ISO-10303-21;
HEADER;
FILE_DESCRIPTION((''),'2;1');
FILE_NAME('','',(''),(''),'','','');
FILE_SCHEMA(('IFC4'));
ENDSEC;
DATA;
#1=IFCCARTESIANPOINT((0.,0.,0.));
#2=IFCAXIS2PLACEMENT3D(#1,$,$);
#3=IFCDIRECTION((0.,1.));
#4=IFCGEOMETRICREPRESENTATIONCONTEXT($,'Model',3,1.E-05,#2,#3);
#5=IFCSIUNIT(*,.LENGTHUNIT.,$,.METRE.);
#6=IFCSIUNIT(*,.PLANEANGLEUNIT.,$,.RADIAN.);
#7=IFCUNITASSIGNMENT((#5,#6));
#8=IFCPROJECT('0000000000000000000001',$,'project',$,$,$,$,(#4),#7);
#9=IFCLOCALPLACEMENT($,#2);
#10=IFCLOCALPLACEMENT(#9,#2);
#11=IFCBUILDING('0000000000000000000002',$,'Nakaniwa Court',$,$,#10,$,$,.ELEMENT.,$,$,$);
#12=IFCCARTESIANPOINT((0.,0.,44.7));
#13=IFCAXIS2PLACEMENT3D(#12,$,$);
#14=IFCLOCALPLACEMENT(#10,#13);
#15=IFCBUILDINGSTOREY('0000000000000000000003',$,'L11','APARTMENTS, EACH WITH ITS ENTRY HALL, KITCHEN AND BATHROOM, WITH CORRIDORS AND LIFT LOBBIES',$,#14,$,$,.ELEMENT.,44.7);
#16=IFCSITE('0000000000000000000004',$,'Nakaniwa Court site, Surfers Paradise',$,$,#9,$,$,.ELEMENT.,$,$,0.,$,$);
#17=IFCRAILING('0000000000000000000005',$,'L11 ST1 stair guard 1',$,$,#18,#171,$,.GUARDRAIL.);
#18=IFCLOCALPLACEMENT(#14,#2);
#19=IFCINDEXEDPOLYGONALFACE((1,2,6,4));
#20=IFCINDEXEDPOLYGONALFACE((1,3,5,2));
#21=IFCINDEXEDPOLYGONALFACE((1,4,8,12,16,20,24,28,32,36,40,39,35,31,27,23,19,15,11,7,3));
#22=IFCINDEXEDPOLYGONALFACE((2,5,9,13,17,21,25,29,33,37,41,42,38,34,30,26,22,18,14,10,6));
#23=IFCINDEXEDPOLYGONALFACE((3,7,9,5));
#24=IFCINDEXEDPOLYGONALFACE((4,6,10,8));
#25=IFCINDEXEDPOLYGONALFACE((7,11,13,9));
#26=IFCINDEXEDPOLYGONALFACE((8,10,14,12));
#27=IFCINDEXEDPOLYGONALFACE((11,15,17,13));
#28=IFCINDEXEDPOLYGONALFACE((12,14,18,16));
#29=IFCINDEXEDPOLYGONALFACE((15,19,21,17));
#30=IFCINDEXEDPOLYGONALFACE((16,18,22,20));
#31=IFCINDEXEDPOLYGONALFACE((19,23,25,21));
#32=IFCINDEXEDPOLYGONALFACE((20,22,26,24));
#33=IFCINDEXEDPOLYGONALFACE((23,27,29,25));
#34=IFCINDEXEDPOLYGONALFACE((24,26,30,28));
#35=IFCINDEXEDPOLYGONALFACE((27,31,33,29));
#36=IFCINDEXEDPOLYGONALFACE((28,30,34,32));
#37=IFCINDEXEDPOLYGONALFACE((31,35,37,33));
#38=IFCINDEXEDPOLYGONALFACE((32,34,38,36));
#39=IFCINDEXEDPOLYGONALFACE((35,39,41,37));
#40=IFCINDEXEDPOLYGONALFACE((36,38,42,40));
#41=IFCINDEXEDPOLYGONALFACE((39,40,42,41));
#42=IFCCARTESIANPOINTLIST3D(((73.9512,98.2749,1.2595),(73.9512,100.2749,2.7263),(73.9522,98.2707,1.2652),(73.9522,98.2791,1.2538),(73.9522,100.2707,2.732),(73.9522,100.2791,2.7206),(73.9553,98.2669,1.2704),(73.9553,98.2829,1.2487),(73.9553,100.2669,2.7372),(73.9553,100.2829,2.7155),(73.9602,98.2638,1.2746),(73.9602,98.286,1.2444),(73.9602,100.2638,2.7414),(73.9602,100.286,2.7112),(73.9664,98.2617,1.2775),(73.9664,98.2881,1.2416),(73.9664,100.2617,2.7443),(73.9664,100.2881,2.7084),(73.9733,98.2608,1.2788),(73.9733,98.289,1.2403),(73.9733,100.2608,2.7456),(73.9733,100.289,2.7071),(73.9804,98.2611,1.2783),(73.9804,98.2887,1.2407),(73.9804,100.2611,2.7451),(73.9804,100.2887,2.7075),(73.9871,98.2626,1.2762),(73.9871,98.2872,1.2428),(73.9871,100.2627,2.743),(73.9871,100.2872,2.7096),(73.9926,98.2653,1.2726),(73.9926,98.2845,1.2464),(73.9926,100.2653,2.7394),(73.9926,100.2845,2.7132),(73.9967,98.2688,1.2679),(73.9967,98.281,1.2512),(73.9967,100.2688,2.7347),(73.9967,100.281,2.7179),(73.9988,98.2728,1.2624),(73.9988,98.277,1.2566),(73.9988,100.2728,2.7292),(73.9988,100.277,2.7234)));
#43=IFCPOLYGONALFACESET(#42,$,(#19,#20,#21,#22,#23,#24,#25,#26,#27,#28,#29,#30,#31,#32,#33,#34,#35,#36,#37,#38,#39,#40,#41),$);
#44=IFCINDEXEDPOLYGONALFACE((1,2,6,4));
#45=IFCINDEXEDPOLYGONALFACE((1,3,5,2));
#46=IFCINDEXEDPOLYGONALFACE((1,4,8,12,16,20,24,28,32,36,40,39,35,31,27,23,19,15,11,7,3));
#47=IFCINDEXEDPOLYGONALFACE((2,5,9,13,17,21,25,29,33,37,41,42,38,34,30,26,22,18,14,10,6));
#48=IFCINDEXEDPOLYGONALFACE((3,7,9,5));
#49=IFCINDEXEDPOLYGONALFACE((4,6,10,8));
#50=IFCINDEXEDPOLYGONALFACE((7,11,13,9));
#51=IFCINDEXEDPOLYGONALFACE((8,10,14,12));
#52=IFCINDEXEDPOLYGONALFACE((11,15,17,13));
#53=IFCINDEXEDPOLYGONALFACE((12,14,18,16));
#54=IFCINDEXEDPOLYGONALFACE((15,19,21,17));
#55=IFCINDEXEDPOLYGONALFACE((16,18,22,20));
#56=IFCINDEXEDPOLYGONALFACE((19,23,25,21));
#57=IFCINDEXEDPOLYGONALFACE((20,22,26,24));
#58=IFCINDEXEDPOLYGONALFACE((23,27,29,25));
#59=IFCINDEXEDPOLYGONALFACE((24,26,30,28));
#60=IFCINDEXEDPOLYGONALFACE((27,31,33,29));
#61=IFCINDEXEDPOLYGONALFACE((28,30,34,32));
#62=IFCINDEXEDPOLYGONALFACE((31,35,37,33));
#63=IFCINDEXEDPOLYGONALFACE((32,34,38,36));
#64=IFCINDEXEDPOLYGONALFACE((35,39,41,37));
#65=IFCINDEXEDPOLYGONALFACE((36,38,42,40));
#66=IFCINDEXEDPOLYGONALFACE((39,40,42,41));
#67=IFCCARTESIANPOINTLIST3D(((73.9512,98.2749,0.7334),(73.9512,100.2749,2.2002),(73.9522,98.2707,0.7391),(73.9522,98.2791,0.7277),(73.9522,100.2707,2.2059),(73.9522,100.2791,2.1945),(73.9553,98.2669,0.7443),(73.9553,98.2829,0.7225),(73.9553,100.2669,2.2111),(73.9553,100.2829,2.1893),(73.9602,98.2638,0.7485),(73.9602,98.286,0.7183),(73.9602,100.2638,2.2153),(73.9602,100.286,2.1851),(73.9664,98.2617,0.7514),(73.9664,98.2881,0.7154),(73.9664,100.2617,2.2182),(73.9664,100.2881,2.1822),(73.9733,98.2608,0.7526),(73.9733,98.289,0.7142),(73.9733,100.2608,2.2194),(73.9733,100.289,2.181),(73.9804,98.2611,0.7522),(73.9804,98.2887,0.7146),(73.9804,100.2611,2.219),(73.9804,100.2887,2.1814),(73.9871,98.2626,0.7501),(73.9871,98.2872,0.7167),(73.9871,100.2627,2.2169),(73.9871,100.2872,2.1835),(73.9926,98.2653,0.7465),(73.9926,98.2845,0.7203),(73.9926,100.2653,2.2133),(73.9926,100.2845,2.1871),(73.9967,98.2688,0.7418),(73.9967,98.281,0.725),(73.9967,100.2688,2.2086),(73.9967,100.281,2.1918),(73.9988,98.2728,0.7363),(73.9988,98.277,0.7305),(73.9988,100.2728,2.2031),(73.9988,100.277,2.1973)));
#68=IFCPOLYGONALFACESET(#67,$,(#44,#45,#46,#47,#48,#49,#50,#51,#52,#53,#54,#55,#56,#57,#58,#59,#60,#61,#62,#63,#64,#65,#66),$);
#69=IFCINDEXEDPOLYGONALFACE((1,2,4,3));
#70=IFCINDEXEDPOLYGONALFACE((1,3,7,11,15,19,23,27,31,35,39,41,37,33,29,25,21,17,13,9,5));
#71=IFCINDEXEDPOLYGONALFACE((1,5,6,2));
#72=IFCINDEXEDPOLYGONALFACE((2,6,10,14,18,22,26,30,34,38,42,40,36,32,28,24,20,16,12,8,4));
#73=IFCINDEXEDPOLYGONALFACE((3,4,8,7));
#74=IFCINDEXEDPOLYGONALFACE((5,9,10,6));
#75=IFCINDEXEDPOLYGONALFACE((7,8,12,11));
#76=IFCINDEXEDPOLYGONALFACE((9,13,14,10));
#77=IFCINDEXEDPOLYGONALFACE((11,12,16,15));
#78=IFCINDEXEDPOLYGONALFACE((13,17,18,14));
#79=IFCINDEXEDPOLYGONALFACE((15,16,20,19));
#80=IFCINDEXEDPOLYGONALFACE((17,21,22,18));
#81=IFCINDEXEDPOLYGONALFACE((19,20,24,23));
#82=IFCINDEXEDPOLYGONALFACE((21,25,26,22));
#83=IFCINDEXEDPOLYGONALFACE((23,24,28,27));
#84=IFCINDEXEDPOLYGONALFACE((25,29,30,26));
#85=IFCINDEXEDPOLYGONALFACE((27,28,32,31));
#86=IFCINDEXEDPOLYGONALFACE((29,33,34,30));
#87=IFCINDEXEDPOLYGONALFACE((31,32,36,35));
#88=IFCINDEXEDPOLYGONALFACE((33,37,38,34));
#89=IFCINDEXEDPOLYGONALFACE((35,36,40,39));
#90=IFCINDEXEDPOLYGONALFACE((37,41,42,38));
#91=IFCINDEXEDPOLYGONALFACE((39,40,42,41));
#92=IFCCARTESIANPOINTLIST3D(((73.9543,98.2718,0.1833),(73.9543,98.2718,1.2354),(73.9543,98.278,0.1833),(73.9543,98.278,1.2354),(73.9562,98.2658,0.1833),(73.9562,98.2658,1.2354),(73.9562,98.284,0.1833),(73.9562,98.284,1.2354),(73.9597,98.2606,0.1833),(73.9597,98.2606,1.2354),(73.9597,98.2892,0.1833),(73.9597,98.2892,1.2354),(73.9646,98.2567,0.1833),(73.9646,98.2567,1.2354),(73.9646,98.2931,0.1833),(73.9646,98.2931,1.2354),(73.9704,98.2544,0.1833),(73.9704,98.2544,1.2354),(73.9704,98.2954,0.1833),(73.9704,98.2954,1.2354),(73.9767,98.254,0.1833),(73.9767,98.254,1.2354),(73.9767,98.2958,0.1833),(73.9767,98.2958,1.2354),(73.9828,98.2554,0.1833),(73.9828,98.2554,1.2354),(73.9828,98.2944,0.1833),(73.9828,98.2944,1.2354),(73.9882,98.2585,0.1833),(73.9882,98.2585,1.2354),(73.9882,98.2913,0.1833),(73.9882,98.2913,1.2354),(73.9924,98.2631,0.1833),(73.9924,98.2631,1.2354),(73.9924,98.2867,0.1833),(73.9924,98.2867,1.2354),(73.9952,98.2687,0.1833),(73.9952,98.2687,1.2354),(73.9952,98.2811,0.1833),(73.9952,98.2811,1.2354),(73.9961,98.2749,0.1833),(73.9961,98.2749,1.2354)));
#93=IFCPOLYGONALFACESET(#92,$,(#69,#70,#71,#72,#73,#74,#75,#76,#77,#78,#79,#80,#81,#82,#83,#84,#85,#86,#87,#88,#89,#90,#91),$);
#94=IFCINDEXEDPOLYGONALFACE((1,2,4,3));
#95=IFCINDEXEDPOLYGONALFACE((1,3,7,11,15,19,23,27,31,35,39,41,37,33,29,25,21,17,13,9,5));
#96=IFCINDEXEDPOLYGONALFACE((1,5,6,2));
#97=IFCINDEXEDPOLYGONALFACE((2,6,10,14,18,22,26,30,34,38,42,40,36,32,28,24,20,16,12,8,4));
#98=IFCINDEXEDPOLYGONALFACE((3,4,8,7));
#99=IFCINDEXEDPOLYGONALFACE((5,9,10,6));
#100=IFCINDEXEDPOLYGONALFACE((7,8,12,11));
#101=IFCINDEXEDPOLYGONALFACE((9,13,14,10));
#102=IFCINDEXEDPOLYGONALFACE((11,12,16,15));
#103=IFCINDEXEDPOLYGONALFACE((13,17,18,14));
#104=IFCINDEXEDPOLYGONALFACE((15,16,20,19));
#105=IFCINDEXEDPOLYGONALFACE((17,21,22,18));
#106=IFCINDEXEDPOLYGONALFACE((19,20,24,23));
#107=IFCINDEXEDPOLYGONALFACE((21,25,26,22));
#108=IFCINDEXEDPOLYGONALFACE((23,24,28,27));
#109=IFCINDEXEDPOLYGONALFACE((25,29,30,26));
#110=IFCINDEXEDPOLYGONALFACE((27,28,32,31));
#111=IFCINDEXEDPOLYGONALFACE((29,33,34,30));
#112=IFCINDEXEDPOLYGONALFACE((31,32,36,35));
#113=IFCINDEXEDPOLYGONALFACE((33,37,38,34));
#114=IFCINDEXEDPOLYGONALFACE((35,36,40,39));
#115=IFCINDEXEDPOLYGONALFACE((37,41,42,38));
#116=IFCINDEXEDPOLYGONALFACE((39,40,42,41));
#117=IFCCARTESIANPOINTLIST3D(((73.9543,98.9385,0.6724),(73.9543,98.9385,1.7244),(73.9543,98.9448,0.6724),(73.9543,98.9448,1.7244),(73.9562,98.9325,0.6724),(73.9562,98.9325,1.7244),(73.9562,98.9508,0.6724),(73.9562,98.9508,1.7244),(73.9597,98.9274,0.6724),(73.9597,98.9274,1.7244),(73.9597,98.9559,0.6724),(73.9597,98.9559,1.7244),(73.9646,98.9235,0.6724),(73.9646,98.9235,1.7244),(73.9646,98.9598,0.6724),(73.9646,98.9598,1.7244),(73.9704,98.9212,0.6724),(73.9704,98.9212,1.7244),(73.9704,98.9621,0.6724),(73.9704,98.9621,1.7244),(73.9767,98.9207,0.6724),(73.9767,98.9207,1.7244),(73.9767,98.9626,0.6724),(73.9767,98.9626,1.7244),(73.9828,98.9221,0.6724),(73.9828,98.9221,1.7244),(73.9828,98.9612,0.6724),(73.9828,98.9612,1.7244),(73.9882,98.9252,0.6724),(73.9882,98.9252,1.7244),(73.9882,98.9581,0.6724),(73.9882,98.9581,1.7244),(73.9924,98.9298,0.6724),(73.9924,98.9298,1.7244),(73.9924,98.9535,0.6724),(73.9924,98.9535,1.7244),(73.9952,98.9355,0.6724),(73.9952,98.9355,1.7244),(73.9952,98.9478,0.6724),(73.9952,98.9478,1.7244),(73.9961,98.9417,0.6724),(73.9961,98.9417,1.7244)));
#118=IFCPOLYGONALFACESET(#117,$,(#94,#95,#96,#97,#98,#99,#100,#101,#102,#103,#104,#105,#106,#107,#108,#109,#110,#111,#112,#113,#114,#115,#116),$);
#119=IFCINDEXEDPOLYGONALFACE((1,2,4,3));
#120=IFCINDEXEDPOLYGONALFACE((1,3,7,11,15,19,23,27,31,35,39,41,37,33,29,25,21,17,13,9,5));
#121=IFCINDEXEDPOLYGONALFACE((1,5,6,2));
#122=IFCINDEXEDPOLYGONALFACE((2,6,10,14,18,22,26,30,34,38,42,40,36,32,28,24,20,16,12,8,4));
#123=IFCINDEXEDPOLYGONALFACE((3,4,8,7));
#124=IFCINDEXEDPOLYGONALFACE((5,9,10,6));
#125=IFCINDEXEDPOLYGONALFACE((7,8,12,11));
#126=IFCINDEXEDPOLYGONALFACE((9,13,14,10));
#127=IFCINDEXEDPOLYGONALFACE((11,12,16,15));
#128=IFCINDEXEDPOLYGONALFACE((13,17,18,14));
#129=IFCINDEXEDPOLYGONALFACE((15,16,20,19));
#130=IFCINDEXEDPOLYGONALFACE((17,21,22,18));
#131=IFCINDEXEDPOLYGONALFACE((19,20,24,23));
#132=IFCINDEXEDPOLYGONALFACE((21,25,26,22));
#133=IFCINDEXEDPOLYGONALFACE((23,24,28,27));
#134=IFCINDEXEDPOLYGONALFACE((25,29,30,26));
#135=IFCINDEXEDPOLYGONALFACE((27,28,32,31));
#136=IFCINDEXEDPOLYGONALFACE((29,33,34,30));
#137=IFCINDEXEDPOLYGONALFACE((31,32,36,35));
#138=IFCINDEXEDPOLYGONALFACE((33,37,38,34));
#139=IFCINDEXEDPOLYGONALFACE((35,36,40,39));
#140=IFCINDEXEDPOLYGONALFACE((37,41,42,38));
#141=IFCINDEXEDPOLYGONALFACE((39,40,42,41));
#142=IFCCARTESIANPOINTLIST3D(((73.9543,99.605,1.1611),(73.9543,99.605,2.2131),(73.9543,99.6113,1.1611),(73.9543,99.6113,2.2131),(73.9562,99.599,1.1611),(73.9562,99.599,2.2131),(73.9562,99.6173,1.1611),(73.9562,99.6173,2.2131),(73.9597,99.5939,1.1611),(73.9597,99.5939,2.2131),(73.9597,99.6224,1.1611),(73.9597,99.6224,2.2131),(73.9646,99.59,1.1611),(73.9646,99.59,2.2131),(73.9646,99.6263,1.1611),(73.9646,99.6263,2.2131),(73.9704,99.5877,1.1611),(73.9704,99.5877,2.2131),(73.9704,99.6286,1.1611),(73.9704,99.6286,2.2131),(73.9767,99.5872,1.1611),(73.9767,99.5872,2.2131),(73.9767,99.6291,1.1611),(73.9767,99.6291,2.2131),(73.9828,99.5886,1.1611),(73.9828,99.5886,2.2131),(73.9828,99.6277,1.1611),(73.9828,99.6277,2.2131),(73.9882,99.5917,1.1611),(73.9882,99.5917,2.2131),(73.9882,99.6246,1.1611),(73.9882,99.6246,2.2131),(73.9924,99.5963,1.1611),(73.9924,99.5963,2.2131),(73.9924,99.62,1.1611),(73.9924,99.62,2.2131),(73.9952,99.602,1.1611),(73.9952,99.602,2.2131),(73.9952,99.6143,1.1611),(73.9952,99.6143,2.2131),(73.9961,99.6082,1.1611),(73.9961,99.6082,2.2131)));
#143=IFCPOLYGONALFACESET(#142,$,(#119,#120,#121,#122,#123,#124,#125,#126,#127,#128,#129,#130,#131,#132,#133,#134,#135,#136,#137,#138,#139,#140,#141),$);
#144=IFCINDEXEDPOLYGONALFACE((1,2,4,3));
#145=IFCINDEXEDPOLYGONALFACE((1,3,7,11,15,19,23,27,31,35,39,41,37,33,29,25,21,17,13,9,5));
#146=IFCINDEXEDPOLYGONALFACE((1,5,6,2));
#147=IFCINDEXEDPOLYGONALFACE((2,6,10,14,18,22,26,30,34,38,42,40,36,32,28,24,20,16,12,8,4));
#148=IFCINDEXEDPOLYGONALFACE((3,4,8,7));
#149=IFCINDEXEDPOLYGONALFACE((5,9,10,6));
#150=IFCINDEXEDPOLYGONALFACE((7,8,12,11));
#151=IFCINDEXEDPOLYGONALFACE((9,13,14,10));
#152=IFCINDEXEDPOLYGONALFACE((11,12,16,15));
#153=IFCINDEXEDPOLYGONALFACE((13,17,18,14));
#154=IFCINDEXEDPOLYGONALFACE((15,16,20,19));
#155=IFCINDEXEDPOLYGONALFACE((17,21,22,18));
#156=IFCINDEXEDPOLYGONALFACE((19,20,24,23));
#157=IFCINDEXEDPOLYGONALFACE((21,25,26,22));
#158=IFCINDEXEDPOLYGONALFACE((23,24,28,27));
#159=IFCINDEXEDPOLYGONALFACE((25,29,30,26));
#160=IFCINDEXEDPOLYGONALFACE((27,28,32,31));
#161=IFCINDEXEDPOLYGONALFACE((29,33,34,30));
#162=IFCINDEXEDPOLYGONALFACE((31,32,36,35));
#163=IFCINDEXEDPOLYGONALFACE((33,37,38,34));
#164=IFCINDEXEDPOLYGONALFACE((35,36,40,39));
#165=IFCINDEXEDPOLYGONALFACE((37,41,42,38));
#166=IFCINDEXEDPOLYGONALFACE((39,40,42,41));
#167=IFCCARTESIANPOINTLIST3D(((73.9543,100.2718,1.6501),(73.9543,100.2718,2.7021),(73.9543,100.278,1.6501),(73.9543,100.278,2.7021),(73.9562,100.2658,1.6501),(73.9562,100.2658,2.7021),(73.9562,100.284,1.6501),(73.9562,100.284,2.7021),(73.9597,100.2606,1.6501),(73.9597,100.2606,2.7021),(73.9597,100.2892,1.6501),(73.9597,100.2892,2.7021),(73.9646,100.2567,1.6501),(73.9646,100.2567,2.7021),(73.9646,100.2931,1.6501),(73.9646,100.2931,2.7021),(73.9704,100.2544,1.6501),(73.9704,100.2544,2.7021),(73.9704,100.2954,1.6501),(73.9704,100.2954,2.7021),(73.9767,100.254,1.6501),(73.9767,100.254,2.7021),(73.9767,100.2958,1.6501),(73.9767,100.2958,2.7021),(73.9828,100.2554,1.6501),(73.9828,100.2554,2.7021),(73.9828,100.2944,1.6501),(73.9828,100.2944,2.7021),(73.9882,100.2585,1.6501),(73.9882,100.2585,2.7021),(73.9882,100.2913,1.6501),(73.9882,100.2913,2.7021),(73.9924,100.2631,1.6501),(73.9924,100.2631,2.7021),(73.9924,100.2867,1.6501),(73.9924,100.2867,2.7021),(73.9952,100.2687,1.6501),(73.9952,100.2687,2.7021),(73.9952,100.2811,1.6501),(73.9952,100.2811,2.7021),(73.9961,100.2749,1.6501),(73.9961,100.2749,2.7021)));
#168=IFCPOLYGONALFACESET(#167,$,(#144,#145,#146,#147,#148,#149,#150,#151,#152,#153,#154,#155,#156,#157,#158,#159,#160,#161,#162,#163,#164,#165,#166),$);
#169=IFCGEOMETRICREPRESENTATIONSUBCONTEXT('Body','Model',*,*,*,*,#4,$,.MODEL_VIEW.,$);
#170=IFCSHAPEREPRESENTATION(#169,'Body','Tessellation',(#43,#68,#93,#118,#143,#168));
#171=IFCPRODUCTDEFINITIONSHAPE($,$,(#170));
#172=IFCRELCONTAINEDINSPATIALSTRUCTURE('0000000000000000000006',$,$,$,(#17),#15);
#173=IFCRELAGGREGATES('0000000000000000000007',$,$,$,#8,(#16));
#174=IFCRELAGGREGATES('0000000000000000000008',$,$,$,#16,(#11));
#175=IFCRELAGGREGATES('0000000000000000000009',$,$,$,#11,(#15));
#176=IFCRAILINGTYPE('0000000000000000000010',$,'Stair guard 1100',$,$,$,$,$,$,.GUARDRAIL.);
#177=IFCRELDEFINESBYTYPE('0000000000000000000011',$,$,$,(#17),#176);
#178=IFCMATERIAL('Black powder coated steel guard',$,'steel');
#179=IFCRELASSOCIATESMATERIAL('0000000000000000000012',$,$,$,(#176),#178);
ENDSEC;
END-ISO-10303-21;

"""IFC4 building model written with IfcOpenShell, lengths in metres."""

from ifc_helpers import new_model, si_unit, direction, frame, origin, origin_2d, place, context, subcontext, project, spatial, circle, extrude, material, type_object, element, save


model = new_model("IFC4")

# Units and contexts
model_context = context("Model", 3, precision=1e-05, world=origin(), true_north=direction((0.0, 1.0)))
body_context = subcontext(model_context, "Body", "Model", "MODEL_VIEW")
ifc_project = project(units=[si_unit("LENGTHUNIT", "METRE"), si_unit("PLANEANGLEUNIT", "RADIAN")], contexts=[model_context])

# Site, building, storey
site_placement = place(None, origin())
site = spatial("IfcSite", under=ifc_project, at=site_placement, Name="Nakaniwa Court site, Surfers Paradise", CompositionType="ELEMENT", RefElevation=0.0)
building_placement = place(site_placement, origin())
building = spatial("IfcBuilding", under=site, at=building_placement, Name="Nakaniwa Court", CompositionType="ELEMENT")
storey_placement = place(building_placement, frame((0.0, 0.0, 44.7)))
storey = spatial("IfcBuildingStorey", under=building, at=storey_placement, Name="L11", Description="APARTMENTS, EACH WITH ITS ENTRY HALL, KITCHEN AND BATHROOM, WITH CORRIDORS AND LIFT LOBBIES", CompositionType="ELEMENT", Elevation=44.7)

# Railing
ifc_material_1 = material(Name="Black powder coated steel guard", Category="steel")
railing_type_1 = type_object("IfcRailingType", Name="Stair guard 1100", PredefinedType="GUARDRAIL", material=ifc_material_1)
railing_1_placement = place(storey_placement, frame((73.9751, 98.2749, 0.1833)))
element("IfcRailing", 1, at=railing_1_placement, inside=storey, type_object=railing_type_1, Name="L11 ST1 stair guard 1", PredefinedType="GUARDRAIL", context=body_context, shape_type="SweptSolid", body=[
    extrude(circle(Radius=0.0239, at=origin_2d()), frame((0.0, 0.0, 1.0762), z_axis=(0.0, 0.80638, 0.591398), x_axis=(-1.0, 0.0, 0.0)), (0.0, 0.0, 1.0), 2.4802),
    extrude(circle(Radius=0.0239, at=origin_2d()), frame((0.0, 0.0, 0.55), z_axis=(0.0, 0.80638, 0.591398), x_axis=(-1.0, 0.0, 0.0)), (0.0, 0.0, 1.0), 2.4802),
    extrude(circle(Radius=0.021, at=origin_2d()), origin(), (0.0, 0.0, 1.0), 1.052),
    extrude(circle(Radius=0.021, at=origin_2d()), frame((0.0, 0.6667, 0.489)), (0.0, 0.0, 1.0), 1.052),
    extrude(circle(Radius=0.021, at=origin_2d()), frame((0.0, 1.3333, 0.9778)), (0.0, 0.0, 1.0), 1.052),
    extrude(circle(Radius=0.021, at=origin_2d()), frame((0.0, 2.0, 1.4668)), (0.0, 0.0, 1.0), 1.052),
])

save(model, "model.ifc")
